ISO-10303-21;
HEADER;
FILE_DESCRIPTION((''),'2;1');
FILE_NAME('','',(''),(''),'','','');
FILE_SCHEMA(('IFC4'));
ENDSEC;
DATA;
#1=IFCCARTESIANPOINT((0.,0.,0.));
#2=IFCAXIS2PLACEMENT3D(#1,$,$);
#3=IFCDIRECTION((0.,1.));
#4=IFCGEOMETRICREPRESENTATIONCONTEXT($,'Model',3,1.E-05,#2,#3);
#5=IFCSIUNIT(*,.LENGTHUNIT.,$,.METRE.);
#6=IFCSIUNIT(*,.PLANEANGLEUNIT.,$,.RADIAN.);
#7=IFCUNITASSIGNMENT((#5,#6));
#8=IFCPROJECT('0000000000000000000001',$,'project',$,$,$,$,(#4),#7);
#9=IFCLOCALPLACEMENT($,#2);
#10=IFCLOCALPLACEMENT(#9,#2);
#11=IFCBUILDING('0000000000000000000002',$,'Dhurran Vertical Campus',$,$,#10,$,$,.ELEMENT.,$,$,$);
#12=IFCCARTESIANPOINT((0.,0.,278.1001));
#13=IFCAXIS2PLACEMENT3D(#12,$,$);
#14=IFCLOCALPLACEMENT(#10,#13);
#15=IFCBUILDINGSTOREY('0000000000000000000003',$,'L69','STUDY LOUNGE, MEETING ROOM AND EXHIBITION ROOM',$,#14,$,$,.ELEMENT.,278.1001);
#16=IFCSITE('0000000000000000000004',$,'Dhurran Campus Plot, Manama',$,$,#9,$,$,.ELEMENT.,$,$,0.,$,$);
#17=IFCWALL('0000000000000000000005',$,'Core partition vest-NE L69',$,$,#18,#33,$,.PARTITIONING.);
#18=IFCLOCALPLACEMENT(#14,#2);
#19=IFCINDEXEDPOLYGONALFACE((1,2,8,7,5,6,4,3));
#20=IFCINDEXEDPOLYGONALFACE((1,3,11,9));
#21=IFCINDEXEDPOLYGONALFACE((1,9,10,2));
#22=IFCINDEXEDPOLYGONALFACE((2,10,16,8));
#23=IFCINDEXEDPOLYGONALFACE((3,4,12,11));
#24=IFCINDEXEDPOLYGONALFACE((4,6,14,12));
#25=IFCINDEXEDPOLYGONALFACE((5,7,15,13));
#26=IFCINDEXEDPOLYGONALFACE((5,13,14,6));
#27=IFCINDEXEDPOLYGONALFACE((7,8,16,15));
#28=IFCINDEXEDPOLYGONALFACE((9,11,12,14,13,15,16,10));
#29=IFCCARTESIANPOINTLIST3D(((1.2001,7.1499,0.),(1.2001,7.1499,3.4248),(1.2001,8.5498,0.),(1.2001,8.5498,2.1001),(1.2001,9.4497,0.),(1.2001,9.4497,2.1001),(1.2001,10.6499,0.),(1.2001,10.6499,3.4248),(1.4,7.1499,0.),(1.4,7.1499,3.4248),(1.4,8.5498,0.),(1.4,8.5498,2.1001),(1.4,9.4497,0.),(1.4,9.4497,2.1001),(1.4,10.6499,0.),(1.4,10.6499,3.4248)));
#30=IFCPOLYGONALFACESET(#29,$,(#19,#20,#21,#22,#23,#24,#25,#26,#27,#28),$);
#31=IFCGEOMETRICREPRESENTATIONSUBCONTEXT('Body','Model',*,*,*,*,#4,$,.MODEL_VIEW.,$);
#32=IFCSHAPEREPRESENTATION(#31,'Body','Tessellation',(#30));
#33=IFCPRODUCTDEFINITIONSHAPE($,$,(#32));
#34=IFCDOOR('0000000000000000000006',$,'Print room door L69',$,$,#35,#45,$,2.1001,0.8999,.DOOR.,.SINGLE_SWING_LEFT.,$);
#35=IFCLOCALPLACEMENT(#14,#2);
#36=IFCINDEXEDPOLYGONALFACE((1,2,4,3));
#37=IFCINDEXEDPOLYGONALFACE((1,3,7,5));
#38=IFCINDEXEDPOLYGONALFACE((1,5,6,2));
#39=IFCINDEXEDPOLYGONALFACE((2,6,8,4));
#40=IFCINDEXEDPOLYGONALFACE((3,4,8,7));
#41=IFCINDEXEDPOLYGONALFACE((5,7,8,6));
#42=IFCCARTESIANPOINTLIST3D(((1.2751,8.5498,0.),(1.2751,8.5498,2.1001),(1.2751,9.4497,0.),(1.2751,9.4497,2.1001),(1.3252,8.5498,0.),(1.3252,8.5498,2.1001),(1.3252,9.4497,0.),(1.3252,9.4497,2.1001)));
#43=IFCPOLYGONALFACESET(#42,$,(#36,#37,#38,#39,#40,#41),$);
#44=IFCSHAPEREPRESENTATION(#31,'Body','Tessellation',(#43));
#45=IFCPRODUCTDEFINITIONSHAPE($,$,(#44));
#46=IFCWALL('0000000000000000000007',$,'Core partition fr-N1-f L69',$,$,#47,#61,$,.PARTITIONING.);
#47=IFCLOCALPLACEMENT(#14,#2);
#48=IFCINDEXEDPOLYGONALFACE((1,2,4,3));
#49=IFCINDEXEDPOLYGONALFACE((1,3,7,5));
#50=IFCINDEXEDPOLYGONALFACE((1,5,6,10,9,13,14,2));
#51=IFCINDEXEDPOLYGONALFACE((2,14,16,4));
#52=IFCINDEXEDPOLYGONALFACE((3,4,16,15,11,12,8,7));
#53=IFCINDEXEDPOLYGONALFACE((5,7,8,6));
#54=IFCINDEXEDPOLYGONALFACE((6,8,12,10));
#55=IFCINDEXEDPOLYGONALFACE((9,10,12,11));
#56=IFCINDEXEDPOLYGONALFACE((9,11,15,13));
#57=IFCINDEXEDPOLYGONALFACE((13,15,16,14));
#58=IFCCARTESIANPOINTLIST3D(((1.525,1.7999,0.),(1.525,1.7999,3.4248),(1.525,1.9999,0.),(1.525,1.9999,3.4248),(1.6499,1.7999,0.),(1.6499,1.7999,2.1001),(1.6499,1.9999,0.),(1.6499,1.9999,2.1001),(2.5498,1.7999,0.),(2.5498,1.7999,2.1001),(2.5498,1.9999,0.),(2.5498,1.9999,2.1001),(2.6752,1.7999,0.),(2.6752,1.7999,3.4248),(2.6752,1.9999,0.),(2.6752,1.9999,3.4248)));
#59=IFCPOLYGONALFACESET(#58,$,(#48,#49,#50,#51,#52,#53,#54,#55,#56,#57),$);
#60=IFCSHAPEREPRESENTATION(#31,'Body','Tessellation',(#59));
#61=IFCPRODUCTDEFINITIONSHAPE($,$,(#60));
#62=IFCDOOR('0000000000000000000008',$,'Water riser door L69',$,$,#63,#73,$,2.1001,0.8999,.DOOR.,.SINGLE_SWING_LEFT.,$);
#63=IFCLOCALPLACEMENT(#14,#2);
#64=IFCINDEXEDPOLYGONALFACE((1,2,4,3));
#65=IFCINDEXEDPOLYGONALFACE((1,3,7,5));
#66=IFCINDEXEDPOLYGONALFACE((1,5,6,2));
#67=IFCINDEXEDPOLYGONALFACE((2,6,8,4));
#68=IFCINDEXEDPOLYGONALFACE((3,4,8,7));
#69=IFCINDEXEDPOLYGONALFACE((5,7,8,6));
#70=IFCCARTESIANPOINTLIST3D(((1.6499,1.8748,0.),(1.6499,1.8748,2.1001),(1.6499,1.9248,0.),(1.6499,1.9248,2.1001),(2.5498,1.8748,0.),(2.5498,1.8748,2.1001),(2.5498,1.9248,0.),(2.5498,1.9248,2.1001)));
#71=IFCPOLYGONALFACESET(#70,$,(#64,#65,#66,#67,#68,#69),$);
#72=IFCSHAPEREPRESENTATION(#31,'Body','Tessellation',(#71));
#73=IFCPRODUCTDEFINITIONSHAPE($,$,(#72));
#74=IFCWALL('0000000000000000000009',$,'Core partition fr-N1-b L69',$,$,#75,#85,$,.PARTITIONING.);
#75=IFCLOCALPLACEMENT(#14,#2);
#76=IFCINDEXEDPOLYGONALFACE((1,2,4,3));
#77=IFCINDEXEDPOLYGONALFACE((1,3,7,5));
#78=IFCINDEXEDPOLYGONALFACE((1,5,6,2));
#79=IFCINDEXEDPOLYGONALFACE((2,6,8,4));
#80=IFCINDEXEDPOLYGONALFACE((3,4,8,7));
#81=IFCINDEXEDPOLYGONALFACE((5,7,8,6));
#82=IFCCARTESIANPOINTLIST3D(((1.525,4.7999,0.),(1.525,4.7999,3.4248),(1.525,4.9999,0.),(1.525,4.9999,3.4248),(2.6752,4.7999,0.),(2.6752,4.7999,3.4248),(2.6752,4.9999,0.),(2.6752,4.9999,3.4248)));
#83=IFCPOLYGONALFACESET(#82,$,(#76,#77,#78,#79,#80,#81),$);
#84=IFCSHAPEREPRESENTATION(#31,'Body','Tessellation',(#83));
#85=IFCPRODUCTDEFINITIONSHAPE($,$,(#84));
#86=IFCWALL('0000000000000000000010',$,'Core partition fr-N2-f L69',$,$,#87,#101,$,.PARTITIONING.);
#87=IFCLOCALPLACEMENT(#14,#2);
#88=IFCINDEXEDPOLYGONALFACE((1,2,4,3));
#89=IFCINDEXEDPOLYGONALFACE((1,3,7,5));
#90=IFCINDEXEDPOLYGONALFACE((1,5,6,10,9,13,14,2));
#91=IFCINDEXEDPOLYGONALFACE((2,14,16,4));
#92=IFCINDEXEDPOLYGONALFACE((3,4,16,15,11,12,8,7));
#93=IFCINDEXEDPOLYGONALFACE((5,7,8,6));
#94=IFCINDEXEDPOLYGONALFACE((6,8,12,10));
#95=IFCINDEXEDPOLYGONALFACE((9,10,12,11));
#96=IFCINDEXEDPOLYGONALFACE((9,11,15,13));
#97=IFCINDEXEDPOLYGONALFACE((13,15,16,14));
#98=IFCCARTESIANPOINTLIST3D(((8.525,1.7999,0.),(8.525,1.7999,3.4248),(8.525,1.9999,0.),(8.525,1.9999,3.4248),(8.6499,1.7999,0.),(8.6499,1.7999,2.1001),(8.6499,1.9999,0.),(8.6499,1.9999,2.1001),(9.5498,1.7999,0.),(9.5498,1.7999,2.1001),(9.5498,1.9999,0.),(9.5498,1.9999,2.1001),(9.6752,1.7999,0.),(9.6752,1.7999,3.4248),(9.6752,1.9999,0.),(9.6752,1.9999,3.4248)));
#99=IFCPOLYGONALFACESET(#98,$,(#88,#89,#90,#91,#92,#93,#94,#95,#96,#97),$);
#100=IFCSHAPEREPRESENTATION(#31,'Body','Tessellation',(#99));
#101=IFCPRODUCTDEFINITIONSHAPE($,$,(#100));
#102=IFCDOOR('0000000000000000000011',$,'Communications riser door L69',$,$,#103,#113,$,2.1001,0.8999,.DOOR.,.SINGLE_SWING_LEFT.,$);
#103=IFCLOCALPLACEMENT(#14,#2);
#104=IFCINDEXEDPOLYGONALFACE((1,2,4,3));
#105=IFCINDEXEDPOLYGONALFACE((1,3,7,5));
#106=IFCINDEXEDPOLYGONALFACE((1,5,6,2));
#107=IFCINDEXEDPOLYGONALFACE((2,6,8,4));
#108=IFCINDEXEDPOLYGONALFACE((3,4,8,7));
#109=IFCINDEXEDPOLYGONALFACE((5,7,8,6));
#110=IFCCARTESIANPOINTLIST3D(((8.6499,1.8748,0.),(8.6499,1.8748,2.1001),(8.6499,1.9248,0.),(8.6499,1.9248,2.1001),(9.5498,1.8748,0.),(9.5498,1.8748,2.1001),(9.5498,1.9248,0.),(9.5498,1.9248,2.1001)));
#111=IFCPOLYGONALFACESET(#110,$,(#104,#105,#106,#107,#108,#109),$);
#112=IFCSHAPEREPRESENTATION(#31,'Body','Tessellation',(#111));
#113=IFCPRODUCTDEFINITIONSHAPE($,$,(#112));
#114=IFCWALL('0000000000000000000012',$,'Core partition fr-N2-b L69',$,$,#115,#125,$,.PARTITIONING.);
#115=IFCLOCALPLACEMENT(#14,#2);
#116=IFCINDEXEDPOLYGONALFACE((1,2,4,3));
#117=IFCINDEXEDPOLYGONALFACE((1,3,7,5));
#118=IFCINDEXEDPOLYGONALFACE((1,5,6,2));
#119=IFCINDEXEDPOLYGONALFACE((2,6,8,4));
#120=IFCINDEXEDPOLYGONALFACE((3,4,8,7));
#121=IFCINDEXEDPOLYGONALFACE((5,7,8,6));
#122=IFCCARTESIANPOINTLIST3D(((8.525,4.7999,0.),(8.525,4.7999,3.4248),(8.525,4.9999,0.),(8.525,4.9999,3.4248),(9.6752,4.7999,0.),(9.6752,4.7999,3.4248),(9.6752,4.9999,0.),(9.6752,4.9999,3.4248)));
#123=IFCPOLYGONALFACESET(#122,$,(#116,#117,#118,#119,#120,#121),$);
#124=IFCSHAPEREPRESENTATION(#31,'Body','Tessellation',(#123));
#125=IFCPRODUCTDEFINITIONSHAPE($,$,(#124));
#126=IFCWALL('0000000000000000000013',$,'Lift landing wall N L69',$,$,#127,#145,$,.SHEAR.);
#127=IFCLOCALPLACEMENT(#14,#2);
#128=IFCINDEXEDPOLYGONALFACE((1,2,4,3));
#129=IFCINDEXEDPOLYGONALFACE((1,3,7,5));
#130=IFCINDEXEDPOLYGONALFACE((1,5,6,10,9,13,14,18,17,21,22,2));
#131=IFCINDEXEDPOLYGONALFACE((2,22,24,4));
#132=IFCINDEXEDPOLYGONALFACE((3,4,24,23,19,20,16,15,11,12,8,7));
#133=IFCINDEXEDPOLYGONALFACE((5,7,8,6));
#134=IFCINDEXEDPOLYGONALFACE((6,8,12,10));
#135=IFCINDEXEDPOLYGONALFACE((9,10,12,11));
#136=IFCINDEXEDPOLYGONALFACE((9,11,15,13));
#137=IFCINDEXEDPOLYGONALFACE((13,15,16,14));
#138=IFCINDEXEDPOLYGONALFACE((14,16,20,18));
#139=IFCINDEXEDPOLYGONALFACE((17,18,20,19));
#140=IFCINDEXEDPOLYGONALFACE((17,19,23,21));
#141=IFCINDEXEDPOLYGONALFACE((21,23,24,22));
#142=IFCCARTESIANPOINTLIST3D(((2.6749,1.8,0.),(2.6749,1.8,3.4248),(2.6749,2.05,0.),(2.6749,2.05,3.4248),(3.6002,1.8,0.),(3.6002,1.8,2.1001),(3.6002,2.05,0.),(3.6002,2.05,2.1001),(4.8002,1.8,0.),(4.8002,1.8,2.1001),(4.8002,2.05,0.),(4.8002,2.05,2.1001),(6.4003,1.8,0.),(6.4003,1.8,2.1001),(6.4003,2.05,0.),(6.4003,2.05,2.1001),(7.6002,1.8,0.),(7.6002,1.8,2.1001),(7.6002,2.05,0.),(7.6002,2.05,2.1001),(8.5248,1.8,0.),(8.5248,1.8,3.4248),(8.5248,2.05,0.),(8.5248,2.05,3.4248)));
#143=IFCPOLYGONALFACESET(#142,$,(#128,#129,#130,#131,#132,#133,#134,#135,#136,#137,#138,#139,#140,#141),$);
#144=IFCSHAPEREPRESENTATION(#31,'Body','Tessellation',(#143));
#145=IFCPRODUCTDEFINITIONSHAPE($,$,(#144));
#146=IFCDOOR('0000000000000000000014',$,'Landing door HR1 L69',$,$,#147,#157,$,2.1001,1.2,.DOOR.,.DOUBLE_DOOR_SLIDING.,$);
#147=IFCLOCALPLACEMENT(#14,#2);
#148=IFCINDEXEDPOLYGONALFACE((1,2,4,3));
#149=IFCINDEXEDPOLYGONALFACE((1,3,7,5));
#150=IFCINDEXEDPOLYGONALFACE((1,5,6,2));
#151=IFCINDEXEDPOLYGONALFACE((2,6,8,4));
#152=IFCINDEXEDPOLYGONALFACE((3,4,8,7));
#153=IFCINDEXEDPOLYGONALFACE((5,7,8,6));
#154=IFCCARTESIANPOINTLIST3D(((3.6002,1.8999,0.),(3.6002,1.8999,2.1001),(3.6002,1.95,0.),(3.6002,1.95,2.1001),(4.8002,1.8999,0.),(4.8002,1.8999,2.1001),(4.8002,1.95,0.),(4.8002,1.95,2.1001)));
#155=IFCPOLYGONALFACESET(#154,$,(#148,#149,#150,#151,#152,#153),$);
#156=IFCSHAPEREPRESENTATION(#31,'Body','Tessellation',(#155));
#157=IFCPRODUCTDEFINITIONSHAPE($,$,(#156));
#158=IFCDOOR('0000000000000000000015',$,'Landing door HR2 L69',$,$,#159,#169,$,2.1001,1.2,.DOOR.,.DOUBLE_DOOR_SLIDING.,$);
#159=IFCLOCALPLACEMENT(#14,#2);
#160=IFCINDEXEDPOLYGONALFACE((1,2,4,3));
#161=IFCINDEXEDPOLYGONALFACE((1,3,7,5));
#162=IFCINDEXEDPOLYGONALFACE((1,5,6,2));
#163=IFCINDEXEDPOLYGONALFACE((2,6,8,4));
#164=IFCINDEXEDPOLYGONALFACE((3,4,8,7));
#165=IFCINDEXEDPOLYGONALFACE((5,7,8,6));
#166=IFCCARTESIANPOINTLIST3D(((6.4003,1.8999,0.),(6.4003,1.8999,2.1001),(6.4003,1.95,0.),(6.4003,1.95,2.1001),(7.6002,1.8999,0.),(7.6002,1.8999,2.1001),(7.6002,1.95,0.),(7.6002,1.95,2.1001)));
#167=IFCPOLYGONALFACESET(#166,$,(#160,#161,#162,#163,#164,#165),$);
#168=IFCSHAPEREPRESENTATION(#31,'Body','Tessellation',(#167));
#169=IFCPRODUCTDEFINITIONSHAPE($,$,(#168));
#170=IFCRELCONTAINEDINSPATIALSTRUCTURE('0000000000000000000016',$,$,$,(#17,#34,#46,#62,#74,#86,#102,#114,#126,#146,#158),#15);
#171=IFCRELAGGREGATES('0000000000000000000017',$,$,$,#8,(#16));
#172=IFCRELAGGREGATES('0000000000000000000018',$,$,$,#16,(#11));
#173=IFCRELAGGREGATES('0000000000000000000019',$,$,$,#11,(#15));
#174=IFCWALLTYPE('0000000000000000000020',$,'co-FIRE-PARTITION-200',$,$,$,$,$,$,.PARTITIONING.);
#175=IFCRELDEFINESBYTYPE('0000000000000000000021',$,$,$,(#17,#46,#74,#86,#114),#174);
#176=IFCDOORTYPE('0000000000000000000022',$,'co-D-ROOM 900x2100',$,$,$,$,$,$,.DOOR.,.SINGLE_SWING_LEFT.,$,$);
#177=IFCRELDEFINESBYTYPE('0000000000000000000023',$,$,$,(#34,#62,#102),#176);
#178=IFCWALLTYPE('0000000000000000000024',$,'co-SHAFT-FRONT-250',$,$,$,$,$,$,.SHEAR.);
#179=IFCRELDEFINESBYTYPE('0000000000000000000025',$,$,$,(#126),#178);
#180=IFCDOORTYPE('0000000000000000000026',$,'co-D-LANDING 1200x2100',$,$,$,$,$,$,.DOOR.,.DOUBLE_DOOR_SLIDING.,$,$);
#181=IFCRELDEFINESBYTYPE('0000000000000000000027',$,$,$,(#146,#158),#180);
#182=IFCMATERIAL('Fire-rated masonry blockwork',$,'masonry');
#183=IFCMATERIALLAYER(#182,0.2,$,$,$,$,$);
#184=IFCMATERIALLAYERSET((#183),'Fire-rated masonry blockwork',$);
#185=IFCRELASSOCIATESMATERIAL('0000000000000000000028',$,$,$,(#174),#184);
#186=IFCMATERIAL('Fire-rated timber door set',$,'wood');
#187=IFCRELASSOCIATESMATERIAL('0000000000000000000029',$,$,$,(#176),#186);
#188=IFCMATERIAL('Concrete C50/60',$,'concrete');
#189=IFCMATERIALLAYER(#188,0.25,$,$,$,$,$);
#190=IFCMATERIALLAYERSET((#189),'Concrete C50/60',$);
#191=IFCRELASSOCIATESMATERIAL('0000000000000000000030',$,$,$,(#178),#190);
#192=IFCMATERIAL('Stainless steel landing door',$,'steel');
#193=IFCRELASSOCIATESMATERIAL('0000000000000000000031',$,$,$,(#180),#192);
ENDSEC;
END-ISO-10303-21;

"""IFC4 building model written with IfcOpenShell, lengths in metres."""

from ifc_helpers import new_model, si_unit, direction, frame, frame_2d, origin, place, context, subcontext, project, spatial, rectangle, extrude, material, layer, layer_set, type_object, element, fill, save


model = new_model("IFC4")

# Units and contexts
model_context = context("Model", 3, precision=1e-05, world=origin(), true_north=direction((0.0, 1.0)))
body_context = subcontext(model_context, "Body", "Model", "MODEL_VIEW")
ifc_project = project(units=[si_unit("LENGTHUNIT", "METRE"), si_unit("PLANEANGLEUNIT", "RADIAN")], contexts=[model_context])

# Site, building, storey
site_placement = place(None, origin())
site = spatial("IfcSite", under=ifc_project, at=site_placement, Name="Dhurran Campus Plot, Manama", CompositionType="ELEMENT", RefElevation=0.0)
building_placement = place(site_placement, origin())
building = spatial("IfcBuilding", under=site, at=building_placement, Name="Dhurran Vertical Campus", CompositionType="ELEMENT")
storey_placement = place(building_placement, frame((0.0, 0.0, 278.1001)))
storey = spatial("IfcBuildingStorey", under=building, at=storey_placement, Name="L69", Description="STUDY LOUNGE, MEETING ROOM AND EXHIBITION ROOM", CompositionType="ELEMENT", Elevation=278.1001)

# Walls, openings, doors
ifc_material_1 = material(Name="Fire-rated masonry blockwork", Category="masonry")
ifc_layer_1 = layer(ifc_material_1, 0.2)
ifc_layer_set_1 = layer_set([ifc_layer_1], Name="Fire-rated masonry blockwork")
wall_type_1 = type_object("IfcWallType", Name="co-FIRE-PARTITION-200", PredefinedType="PARTITIONING", material=ifc_layer_set_1)
wall_1_placement = place(storey_placement, frame((1.3, 7.1499, 0.0), z_axis=(0.0, 0.0, 1.0), x_axis=(0.0, 1.0, 0.0)))
wall_1 = element("IfcWall", 1, at=wall_1_placement, inside=storey, type_object=wall_type_1, Name="Core partition vest-NE L69", PredefinedType="PARTITIONING", context=body_context, shape_type="SweptSolid", body=[
    extrude(rectangle(XDim=3.5, YDim=0.2, at=frame_2d((1.75, 0.0))), origin(), (0.0, 0.0, 1.0), 3.4248),
])
opening_1_placement = place(wall_1_placement, frame((1.3999, 0.0, 0.0)))
opening_1 = element("IfcOpeningElement", 2, at=opening_1_placement, cuts=wall_1, PredefinedType="OPENING", context=body_context, shape_type="SweptSolid", body=[
    extrude(rectangle(XDim=0.8999, YDim=2.1001, at=frame_2d((0.45, 1.05))), frame((0.0, 0.1099, 0.0), z_axis=(0.0, -1.0, 0.0), x_axis=(1.0, 0.0, 0.0)), (0.0, 0.0, 1.0), 0.22),
])
ifc_material_2 = material(Name="Fire-rated timber door set", Category="wood")
door_type_1 = type_object("IfcDoorType", Name="co-D-ROOM 900x2100", OperationType="SINGLE_SWING_LEFT", PredefinedType="DOOR", material=ifc_material_2)
door_1_placement = place(opening_1_placement, origin())
door_1 = element("IfcDoor", 3, at=door_1_placement, inside=storey, type_object=door_type_1, Name="Print room door L69", OperationType="SINGLE_SWING_LEFT", OverallHeight=2.1001, OverallWidth=0.8999, PredefinedType="DOOR", context=body_context, shape_type="SweptSolid", body=[
    extrude(rectangle(XDim=0.8999, YDim=2.1001, at=frame_2d((0.45, 1.05))), frame((0.0, 0.0249, 0.0), z_axis=(0.0, -1.0, 0.0), x_axis=(1.0, 0.0, 0.0)), (0.0, 0.0, 1.0), 0.05),
])
fill(opening_1, door_1)
wall_2_placement = place(storey_placement, frame((1.5249, 1.8999, 0.0), z_axis=(0.0, 0.0, 1.0), x_axis=(1.0, 0.0, 0.0)))
wall_2 = element("IfcWall", 4, at=wall_2_placement, inside=storey, type_object=wall_type_1, Name="Core partition fr-N1-f L69", PredefinedType="PARTITIONING", context=body_context, shape_type="SweptSolid", body=[
    extrude(rectangle(XDim=1.1501, YDim=0.2, at=frame_2d((0.5752, 0.0))), origin(), (0.0, 0.0, 1.0), 3.4248),
])
opening_2_placement = place(wall_2_placement, frame((0.125, 0.0, 0.0)))
opening_2 = element("IfcOpeningElement", 5, at=opening_2_placement, cuts=wall_2, PredefinedType="OPENING", context=body_context, shape_type="SweptSolid", body=[
    extrude(rectangle(XDim=0.8999, YDim=2.1001, at=frame_2d((0.45, 1.05))), frame((0.0, 0.1099, 0.0), z_axis=(0.0, -1.0, 0.0), x_axis=(1.0, 0.0, 0.0)), (0.0, 0.0, 1.0), 0.22),
])
door_2_placement = place(opening_2_placement, origin())
door_2 = element("IfcDoor", 6, at=door_2_placement, inside=storey, type_object=door_type_1, Name="Water riser door L69", OperationType="SINGLE_SWING_LEFT", OverallHeight=2.1001, OverallWidth=0.8999, PredefinedType="DOOR", context=body_context, shape_type="SweptSolid", body=[
    extrude(rectangle(XDim=0.8999, YDim=2.1001, at=frame_2d((0.45, 1.05))), frame((0.0, 0.0249, 0.0), z_axis=(0.0, -1.0, 0.0), x_axis=(1.0, 0.0, 0.0)), (0.0, 0.0, 1.0), 0.05),
])
fill(opening_2, door_2)

# Wall
wall_3_placement = place(storey_placement, frame((1.5249, 4.8999, 0.0), z_axis=(0.0, 0.0, 1.0), x_axis=(1.0, 0.0, 0.0)))
element("IfcWall", 7, at=wall_3_placement, inside=storey, type_object=wall_type_1, Name="Core partition fr-N1-b L69", PredefinedType="PARTITIONING", context=body_context, shape_type="SweptSolid", body=[
    extrude(rectangle(XDim=1.1501, YDim=0.2, at=frame_2d((0.5752, 0.0))), origin(), (0.0, 0.0, 1.0), 3.4248),
])

# Wall, opening, door
wall_4_placement = place(storey_placement, frame((8.5249, 1.8999, 0.0), z_axis=(0.0, 0.0, 1.0), x_axis=(1.0, 0.0, 0.0)))
wall_4 = element("IfcWall", 8, at=wall_4_placement, inside=storey, type_object=wall_type_1, Name="Core partition fr-N2-f L69", PredefinedType="PARTITIONING", context=body_context, shape_type="SweptSolid", body=[
    extrude(rectangle(XDim=1.1501, YDim=0.2, at=frame_2d((0.5752, 0.0))), origin(), (0.0, 0.0, 1.0), 3.4248),
])
opening_3_placement = place(wall_4_placement, frame((0.125, 0.0, 0.0)))
opening_3 = element("IfcOpeningElement", 9, at=opening_3_placement, cuts=wall_4, PredefinedType="OPENING", context=body_context, shape_type="SweptSolid", body=[
    extrude(rectangle(XDim=0.8999, YDim=2.1001, at=frame_2d((0.45, 1.05))), frame((0.0, 0.1099, 0.0), z_axis=(0.0, -1.0, 0.0), x_axis=(1.0, 0.0, 0.0)), (0.0, 0.0, 1.0), 0.22),
])
door_3_placement = place(opening_3_placement, origin())
door_3 = element("IfcDoor", 10, at=door_3_placement, inside=storey, type_object=door_type_1, Name="Communications riser door L69", OperationType="SINGLE_SWING_LEFT", OverallHeight=2.1001, OverallWidth=0.8999, PredefinedType="DOOR", context=body_context, shape_type="SweptSolid", body=[
    extrude(rectangle(XDim=0.8999, YDim=2.1001, at=frame_2d((0.45, 1.05))), frame((0.0, 0.0249, 0.0), z_axis=(0.0, -1.0, 0.0), x_axis=(1.0, 0.0, 0.0)), (0.0, 0.0, 1.0), 0.05),
])
fill(opening_3, door_3)

# Wall
wall_5_placement = place(storey_placement, frame((8.5249, 4.8999, 0.0), z_axis=(0.0, 0.0, 1.0), x_axis=(1.0, 0.0, 0.0)))
element("IfcWall", 11, at=wall_5_placement, inside=storey, type_object=wall_type_1, Name="Core partition fr-N2-b L69", PredefinedType="PARTITIONING", context=body_context, shape_type="SweptSolid", body=[
    extrude(rectangle(XDim=1.1501, YDim=0.2, at=frame_2d((0.5752, 0.0))), origin(), (0.0, 0.0, 1.0), 3.4248),
])

# Wall, openings, doors
ifc_material_3 = material(Name="Concrete C50/60", Category="concrete")
ifc_layer_2 = layer(ifc_material_3, 0.25)
ifc_layer_set_2 = layer_set([ifc_layer_2], Name="Concrete C50/60")
wall_type_2 = type_object("IfcWallType", Name="co-SHAFT-FRONT-250", PredefinedType="SHEAR", material=ifc_layer_set_2)
wall_6_placement = place(storey_placement, frame((2.675, 1.925, 0.0), z_axis=(0.0, 0.0, 1.0), x_axis=(1.0, 0.0, 0.0)))
wall_6 = element("IfcWall", 12, at=wall_6_placement, inside=storey, type_object=wall_type_2, Name="Lift landing wall N L69", PredefinedType="SHEAR", context=body_context, shape_type="SweptSolid", body=[
    extrude(rectangle(XDim=5.8499, YDim=0.25, at=frame_2d((2.9248, 0.0))), origin(), (0.0, 0.0, 1.0), 3.4248),
])
opening_4_placement = place(wall_6_placement, frame((0.925, 0.0, 0.0)))
opening_4 = element("IfcOpeningElement", 13, at=opening_4_placement, cuts=wall_6, PredefinedType="OPENING", context=body_context, shape_type="SweptSolid", body=[
    extrude(rectangle(XDim=1.2, YDim=2.1001, at=frame_2d((0.6001, 1.05))), frame((0.0, 0.135, 0.0), z_axis=(0.0, -1.0, 0.0), x_axis=(1.0, 0.0, 0.0)), (0.0, 0.0, 1.0), 0.27),
])
opening_5_placement = place(wall_6_placement, frame((3.7251, 0.0, 0.0)))
opening_5 = element("IfcOpeningElement", 14, at=opening_5_placement, cuts=wall_6, PredefinedType="OPENING", context=body_context, shape_type="SweptSolid", body=[
    extrude(rectangle(XDim=1.2, YDim=2.1001, at=frame_2d((0.6001, 1.05))), frame((0.0, 0.135, 0.0), z_axis=(0.0, -1.0, 0.0), x_axis=(1.0, 0.0, 0.0)), (0.0, 0.0, 1.0), 0.27),
])
ifc_material_4 = material(Name="Stainless steel landing door", Category="steel")
door_type_2 = type_object("IfcDoorType", Name="co-D-LANDING 1200x2100", OperationType="DOUBLE_DOOR_SLIDING", PredefinedType="DOOR", material=ifc_material_4)
door_4_placement = place(opening_4_placement, origin())
door_4 = element("IfcDoor", 15, at=door_4_placement, inside=storey, type_object=door_type_2, Name="Landing door HR1 L69", OperationType="DOUBLE_DOOR_SLIDING", OverallHeight=2.1001, OverallWidth=1.2, PredefinedType="DOOR", context=body_context, shape_type="SweptSolid", body=[
    extrude(rectangle(XDim=1.2, YDim=2.1001, at=frame_2d((0.6001, 1.05))), frame((0.0, 0.0249, 0.0), z_axis=(0.0, -1.0, 0.0), x_axis=(1.0, 0.0, 0.0)), (0.0, 0.0, 1.0), 0.05),
])
fill(opening_4, door_4)
door_5_placement = place(opening_5_placement, origin())
door_5 = element("IfcDoor", 16, at=door_5_placement, inside=storey, type_object=door_type_2, Name="Landing door HR2 L69", OperationType="DOUBLE_DOOR_SLIDING", OverallHeight=2.1001, OverallWidth=1.2, PredefinedType="DOOR", context=body_context, shape_type="SweptSolid", body=[
    extrude(rectangle(XDim=1.2, YDim=2.1001, at=frame_2d((0.6001, 1.05))), frame((0.0, 0.0249, 0.0), z_axis=(0.0, -1.0, 0.0), x_axis=(1.0, 0.0, 0.0)), (0.0, 0.0, 1.0), 0.05),
])
fill(opening_5, door_5)

save(model, "model.ifc")
